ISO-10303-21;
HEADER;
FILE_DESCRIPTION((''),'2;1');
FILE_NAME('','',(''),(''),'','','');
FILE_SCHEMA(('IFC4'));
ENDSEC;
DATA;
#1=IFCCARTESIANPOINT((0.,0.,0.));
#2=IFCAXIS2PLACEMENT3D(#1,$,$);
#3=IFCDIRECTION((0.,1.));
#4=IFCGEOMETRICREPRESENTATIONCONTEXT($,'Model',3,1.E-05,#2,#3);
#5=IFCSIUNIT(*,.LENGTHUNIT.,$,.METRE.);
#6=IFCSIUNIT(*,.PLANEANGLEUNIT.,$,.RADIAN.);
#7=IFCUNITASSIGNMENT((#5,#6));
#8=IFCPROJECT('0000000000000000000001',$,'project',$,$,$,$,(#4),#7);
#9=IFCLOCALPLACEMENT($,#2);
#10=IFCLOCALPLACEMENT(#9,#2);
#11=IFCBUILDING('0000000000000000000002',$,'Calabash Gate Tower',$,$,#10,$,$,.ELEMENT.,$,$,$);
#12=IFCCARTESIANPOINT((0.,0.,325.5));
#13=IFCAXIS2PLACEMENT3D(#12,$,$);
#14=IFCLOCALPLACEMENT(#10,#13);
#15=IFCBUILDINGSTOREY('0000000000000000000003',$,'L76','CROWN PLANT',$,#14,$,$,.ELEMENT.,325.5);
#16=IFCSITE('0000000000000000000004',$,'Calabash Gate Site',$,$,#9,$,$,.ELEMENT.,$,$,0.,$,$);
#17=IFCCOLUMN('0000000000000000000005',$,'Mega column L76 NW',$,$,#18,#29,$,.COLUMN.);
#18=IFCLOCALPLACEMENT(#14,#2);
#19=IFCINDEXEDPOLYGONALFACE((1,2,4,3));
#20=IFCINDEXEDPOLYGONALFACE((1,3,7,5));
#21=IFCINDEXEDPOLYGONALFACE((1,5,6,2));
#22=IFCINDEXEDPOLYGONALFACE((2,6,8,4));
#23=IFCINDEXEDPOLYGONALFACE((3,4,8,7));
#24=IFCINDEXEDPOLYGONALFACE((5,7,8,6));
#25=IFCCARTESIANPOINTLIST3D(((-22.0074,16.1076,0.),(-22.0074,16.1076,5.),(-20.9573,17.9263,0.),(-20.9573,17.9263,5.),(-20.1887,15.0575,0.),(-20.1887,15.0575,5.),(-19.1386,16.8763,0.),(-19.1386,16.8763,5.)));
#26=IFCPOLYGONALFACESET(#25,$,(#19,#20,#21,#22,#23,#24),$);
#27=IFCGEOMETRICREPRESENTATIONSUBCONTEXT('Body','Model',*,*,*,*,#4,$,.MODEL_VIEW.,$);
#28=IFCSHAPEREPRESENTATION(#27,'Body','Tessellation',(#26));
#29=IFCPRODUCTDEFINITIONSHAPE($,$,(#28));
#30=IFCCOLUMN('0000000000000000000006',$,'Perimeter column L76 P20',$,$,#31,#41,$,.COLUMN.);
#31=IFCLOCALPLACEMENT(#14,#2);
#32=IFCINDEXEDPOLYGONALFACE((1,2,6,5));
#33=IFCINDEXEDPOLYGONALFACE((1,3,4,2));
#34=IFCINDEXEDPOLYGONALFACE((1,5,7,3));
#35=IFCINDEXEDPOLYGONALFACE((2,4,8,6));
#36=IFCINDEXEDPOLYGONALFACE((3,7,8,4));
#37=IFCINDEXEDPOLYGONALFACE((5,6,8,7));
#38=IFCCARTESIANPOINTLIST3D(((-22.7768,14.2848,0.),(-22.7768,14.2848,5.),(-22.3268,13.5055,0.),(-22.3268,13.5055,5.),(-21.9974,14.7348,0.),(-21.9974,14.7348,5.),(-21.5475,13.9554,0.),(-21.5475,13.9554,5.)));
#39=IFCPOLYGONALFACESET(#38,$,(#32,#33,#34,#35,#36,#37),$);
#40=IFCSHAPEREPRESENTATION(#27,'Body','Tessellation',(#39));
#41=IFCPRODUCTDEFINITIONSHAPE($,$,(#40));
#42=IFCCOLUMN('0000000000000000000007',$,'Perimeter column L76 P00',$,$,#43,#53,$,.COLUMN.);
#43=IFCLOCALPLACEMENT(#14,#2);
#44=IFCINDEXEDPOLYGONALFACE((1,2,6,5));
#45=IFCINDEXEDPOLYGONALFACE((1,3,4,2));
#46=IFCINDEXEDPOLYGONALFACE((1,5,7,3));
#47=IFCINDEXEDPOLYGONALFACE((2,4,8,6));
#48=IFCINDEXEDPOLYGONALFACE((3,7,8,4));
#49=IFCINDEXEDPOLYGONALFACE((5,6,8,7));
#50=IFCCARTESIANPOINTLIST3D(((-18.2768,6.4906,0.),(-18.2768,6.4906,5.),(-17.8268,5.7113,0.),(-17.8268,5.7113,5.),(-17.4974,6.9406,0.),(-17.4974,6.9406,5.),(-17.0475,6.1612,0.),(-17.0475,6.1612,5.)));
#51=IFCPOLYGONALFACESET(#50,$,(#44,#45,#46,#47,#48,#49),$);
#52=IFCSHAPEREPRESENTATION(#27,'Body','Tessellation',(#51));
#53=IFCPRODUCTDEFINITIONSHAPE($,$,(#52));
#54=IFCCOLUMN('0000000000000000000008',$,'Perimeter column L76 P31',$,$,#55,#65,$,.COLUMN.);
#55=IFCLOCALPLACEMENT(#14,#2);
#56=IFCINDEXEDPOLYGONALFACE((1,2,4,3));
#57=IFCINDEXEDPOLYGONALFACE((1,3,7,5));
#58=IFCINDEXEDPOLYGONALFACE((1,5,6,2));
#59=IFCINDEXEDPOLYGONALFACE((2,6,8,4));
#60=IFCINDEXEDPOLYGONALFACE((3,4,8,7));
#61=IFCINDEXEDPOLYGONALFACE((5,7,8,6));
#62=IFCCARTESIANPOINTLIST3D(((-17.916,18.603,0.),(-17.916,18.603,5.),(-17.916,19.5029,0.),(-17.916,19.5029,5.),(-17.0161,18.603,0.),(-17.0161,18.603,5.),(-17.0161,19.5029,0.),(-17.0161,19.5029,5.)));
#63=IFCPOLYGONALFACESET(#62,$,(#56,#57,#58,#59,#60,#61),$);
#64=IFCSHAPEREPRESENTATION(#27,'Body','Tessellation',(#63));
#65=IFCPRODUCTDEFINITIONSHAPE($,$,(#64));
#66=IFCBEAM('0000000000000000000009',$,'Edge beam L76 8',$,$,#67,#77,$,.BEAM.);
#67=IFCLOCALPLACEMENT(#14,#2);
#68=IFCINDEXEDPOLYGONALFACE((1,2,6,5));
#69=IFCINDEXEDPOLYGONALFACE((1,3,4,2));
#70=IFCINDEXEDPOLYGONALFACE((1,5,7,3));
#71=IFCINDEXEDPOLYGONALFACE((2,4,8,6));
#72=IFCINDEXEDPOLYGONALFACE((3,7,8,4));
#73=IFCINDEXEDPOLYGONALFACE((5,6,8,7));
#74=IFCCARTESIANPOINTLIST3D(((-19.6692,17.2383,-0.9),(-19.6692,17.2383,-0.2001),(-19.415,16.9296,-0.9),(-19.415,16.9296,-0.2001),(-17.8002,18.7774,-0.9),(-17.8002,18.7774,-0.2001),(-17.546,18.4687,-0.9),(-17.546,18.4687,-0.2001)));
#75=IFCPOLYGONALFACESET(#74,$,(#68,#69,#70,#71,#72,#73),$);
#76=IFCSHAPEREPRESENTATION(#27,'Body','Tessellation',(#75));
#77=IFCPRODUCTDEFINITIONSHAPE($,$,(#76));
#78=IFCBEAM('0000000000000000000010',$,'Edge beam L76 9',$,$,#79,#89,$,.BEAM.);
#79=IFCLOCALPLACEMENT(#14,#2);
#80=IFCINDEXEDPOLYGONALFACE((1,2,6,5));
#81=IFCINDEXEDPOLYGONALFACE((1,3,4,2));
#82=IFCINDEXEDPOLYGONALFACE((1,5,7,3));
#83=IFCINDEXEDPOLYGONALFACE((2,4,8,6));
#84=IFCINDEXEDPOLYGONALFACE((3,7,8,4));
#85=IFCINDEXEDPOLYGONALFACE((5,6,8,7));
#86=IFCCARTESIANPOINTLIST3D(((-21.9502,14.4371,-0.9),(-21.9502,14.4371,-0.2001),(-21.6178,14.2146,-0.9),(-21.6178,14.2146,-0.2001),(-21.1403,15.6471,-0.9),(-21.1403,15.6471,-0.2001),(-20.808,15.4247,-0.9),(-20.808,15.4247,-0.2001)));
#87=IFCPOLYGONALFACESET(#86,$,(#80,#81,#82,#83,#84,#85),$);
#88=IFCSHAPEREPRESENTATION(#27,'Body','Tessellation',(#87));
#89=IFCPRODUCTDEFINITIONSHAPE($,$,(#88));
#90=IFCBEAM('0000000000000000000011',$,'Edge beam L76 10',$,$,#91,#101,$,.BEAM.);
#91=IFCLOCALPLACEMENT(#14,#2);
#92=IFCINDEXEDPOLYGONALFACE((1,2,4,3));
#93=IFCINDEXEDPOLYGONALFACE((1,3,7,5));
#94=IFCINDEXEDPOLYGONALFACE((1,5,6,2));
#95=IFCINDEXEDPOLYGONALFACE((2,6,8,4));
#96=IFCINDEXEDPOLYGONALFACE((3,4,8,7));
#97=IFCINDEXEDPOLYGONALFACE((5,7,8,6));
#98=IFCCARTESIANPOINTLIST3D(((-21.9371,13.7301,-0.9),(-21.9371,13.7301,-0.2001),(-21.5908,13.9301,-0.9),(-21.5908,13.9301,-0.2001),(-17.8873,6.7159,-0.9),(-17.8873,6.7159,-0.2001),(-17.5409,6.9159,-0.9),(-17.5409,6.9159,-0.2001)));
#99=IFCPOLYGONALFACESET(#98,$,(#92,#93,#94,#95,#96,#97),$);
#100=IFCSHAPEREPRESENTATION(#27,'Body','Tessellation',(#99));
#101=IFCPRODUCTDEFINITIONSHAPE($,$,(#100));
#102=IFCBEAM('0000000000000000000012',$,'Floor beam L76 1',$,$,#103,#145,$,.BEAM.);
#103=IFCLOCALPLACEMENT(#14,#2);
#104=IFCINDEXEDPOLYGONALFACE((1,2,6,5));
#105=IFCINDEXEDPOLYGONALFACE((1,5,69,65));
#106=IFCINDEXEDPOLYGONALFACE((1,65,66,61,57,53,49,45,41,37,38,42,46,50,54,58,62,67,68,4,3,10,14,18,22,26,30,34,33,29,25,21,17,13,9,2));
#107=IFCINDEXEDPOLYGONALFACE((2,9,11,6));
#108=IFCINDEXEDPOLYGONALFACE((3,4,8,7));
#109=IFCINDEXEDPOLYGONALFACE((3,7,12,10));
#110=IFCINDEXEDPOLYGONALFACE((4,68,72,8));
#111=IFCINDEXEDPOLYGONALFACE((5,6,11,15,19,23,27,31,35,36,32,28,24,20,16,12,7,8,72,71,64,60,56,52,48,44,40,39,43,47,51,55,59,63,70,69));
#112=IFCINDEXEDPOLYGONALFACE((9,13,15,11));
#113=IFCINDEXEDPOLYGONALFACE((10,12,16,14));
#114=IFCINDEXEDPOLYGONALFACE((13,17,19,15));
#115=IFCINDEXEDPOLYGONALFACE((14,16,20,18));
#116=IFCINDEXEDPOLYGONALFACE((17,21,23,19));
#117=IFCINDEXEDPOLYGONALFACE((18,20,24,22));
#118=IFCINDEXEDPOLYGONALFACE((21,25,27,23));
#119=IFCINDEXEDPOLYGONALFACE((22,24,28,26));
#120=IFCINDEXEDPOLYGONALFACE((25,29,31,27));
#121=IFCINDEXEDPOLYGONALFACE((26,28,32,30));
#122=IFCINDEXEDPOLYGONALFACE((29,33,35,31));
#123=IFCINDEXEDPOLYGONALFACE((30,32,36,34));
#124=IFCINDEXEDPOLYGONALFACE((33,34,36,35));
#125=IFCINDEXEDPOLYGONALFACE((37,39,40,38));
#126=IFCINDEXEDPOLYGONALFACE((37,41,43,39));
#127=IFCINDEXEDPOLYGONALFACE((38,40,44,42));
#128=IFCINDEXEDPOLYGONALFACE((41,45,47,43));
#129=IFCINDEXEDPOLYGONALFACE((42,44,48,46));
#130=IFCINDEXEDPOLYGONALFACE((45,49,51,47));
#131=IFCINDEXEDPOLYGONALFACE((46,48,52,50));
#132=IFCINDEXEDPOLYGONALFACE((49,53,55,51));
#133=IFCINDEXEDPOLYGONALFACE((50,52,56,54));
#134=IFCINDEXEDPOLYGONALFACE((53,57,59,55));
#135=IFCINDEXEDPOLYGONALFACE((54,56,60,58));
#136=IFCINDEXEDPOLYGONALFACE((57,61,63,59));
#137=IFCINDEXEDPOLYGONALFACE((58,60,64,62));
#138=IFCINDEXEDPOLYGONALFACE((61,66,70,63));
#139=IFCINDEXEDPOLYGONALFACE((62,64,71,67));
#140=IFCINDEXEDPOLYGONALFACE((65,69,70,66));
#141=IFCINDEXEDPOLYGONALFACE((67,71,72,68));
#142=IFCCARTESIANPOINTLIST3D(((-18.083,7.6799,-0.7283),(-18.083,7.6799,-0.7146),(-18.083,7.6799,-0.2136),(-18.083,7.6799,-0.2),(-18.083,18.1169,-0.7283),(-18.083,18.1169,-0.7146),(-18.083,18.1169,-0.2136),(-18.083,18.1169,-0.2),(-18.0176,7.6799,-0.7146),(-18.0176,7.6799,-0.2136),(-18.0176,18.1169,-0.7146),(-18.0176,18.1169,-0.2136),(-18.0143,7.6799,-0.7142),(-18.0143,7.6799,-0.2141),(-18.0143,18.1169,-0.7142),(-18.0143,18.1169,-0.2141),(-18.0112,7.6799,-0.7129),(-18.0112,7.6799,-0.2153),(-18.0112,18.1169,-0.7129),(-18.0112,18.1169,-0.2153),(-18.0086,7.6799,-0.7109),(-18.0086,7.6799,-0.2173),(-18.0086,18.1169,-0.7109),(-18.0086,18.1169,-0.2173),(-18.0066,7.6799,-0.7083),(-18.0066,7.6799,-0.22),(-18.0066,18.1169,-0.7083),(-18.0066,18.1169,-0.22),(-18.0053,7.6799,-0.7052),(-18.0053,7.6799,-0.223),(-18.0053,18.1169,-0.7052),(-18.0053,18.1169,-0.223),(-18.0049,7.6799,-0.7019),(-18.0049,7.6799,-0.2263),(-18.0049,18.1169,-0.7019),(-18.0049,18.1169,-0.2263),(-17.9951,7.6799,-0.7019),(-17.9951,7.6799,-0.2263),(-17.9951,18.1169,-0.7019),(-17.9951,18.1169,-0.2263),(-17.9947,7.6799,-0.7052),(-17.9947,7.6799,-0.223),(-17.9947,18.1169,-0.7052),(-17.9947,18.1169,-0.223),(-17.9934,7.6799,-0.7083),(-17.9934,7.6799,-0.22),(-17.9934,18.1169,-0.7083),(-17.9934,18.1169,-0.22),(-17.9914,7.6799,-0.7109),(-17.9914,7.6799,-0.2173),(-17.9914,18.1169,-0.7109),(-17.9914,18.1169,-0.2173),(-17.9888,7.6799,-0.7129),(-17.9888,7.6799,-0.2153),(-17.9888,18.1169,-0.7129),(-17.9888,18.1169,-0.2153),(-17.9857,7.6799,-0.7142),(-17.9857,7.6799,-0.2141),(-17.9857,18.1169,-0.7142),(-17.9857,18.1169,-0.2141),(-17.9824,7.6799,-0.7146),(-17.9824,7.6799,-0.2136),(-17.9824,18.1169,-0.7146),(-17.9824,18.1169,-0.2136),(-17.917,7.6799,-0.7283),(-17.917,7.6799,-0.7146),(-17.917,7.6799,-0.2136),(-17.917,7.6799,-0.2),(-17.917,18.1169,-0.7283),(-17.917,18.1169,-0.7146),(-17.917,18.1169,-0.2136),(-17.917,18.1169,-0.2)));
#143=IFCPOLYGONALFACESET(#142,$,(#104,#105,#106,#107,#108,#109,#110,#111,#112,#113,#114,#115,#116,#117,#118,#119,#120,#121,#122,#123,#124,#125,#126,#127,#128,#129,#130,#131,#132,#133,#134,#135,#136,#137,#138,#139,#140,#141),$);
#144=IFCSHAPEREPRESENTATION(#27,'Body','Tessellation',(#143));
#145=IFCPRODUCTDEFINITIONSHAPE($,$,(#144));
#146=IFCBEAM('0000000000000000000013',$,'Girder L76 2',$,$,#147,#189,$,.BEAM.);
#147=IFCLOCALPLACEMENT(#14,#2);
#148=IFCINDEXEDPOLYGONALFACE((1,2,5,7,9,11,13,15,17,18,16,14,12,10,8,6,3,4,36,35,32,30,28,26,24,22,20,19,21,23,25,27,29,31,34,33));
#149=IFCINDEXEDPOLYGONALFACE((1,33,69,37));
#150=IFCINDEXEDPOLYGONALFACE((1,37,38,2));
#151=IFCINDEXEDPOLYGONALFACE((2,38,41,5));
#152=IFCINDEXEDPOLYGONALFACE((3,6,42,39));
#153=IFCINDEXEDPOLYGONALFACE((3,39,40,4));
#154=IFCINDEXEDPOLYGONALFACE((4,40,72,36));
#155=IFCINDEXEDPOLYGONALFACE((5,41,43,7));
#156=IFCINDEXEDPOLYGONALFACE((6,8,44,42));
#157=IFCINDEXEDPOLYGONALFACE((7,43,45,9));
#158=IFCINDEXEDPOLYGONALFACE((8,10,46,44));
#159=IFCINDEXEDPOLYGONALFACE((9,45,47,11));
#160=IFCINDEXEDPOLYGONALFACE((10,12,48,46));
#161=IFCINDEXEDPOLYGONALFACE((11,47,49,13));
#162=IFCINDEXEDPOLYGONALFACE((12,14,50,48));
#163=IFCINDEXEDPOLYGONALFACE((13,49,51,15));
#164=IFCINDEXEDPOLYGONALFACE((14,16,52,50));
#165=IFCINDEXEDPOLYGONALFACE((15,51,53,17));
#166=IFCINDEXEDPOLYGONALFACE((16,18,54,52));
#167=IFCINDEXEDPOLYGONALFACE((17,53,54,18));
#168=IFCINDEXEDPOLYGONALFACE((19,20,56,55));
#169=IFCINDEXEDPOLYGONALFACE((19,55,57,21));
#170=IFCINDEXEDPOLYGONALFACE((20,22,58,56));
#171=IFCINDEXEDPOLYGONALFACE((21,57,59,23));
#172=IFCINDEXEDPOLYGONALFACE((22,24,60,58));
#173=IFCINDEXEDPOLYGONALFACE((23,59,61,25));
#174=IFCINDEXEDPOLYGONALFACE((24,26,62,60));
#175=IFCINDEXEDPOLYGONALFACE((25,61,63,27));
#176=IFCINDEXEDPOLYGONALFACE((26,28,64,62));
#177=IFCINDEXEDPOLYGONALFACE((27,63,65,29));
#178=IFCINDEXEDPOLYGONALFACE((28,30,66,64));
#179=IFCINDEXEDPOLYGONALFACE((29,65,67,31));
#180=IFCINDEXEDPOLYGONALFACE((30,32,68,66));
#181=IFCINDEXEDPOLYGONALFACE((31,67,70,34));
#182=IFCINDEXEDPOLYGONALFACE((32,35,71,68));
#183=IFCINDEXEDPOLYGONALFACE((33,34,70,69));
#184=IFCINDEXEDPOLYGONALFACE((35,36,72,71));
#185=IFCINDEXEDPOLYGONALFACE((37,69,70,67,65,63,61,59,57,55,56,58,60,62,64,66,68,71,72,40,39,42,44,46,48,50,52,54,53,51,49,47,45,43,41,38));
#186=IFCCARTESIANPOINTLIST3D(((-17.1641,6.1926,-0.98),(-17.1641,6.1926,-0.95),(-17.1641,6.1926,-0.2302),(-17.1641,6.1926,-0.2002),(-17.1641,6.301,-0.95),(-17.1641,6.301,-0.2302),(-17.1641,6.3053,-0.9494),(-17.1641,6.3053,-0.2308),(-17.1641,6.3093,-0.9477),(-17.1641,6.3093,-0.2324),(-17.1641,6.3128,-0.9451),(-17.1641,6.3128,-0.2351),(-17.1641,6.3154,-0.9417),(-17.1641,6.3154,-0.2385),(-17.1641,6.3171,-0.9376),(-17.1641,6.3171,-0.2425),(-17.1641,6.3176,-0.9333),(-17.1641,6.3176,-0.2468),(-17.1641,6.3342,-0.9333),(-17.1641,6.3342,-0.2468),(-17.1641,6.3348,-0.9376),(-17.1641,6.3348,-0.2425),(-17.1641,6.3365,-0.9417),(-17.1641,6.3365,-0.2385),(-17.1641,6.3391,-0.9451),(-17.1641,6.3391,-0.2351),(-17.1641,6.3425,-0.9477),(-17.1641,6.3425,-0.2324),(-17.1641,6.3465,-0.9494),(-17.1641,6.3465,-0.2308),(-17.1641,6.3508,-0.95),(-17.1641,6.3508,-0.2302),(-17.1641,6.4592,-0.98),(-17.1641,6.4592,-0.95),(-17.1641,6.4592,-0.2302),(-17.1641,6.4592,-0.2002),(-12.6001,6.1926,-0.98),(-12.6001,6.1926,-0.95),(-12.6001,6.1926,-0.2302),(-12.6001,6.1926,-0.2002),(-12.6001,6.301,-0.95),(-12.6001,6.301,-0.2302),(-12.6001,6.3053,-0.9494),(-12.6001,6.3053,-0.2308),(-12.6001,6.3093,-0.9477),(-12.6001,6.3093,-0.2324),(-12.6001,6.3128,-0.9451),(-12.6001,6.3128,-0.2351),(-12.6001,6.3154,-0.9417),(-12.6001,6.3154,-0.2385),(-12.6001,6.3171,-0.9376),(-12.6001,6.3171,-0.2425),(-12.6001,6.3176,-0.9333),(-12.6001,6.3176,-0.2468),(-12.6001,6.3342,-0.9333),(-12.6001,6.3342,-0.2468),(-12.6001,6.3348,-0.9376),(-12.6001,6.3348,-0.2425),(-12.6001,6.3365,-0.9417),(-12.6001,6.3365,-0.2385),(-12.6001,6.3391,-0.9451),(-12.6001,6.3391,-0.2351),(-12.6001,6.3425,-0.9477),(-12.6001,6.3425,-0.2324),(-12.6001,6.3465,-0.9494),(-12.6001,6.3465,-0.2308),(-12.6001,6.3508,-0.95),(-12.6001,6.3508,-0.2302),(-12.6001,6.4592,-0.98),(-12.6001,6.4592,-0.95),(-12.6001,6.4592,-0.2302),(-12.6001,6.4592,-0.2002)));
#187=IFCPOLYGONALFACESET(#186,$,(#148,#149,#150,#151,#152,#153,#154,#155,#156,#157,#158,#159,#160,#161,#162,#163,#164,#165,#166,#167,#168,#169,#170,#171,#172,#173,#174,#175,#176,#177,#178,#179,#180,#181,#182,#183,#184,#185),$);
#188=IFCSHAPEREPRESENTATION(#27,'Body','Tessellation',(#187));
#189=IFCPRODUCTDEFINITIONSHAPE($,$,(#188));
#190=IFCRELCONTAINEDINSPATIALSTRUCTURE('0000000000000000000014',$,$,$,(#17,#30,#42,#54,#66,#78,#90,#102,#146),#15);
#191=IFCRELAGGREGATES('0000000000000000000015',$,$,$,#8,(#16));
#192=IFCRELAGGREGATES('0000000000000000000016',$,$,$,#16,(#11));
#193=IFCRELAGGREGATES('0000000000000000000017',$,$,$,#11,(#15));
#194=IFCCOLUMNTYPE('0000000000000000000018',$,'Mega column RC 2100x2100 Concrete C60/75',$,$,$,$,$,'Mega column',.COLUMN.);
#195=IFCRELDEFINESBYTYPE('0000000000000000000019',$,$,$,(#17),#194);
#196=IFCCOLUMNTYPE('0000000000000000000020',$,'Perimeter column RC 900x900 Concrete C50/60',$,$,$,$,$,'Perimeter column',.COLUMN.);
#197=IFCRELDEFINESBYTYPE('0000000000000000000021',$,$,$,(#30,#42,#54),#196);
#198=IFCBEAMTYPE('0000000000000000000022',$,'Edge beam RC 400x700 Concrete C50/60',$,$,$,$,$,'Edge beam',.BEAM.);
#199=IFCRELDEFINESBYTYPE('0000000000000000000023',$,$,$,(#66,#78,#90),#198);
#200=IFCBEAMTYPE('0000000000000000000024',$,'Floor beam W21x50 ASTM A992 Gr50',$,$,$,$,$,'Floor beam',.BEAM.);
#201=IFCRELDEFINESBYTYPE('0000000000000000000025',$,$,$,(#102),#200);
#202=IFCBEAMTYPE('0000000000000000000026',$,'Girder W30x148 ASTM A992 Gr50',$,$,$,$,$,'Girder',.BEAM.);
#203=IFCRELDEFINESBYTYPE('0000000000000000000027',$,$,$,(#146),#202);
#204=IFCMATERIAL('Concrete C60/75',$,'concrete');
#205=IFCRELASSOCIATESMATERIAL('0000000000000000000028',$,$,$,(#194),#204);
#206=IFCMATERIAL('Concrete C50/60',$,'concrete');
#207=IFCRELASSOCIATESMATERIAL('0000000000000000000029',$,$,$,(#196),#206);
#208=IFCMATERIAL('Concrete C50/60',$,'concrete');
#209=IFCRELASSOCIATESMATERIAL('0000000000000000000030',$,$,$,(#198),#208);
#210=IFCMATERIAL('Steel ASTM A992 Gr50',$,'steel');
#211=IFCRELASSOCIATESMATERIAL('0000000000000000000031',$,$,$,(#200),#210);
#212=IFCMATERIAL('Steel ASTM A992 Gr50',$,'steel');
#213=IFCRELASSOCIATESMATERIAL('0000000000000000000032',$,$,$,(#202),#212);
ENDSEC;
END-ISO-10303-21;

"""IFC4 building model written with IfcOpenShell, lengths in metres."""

from ifc_helpers import new_model, si_unit, direction, frame, origin, origin_2d, place, context, subcontext, project, spatial, rectangle, i_section, extrude, material, material_profile, profile_set, type_object, element, save


model = new_model("IFC4")

# Units and contexts
model_context = context("Model", 3, precision=1e-05, world=origin(), true_north=direction((0.0, 1.0)))
body_context = subcontext(model_context, "Body", "Model", "MODEL_VIEW")
ifc_project = project(units=[si_unit("LENGTHUNIT", "METRE"), si_unit("PLANEANGLEUNIT", "RADIAN")], contexts=[model_context])

# Site, building, storey
site_placement = place(None, origin())
site = spatial("IfcSite", under=ifc_project, at=site_placement, Name="Calabash Gate Site", CompositionType="ELEMENT", RefElevation=0.0)
building_placement = place(site_placement, origin())
building = spatial("IfcBuilding", under=site, at=building_placement, Name="Calabash Gate Tower", CompositionType="ELEMENT")
storey_placement = place(building_placement, frame((0.0, 0.0, 325.5)))
storey = spatial("IfcBuildingStorey", under=building, at=storey_placement, Name="L76", Description="CROWN PLANT", CompositionType="ELEMENT", Elevation=325.5)

# Columns
ifc_material_1 = material(Name="Concrete C60/75", Category="concrete")
ifc_material_profile_1 = material_profile(ifc_material_1, rectangle(XDim=2.1001, YDim=2.1001, at=origin_2d()))
ifc_profile_set_1 = profile_set([ifc_material_profile_1], Name="Concrete C60/75")
column_type_1 = type_object("IfcColumnType", Name="Mega column RC 2100x2100 Concrete C60/75", ElementType="Mega column", PredefinedType="COLUMN", material=ifc_profile_set_1)
column_placement = place(storey_placement, frame((-20.573, 16.4919, 0.0), z_axis=(0.0, 0.0, 1.0), x_axis=(0.866025, -0.5, 0.0)))
element("IfcColumn", 1, at=column_placement, inside=storey, type_object=column_type_1, Name="Mega column L76 NW", PredefinedType="COLUMN", context=body_context, shape_type="SweptSolid", body=[
    extrude(rectangle(XDim=2.1001, YDim=2.1001, at=origin_2d()), origin(), (0.0, 0.0, 1.0), 5.0),
])
ifc_material_2 = material(Name="Concrete C50/60", Category="concrete")
ifc_material_profile_2 = material_profile(ifc_material_2, rectangle(XDim=0.8999, YDim=0.8999, at=origin_2d()))
ifc_profile_set_2 = profile_set([ifc_material_profile_2], Name="Concrete C50/60")
column_type_2 = type_object("IfcColumnType", Name="Perimeter column RC 900x900 Concrete C50/60", ElementType="Perimeter column", PredefinedType="COLUMN", material=ifc_profile_set_2)
for number, where, z_axis, x_axis, name in (
    (2, (-22.1621, 14.1201, 0.0), (0.0, 0.0, 1.0), (0.5, -0.866025, 0.0), "Perimeter column L76 P20"),
    (3, (-17.6621, 6.3259, 0.0), (0.0, 0.0, 1.0), (0.5, -0.866025, 0.0), "Perimeter column L76 P00"),
    (4, (-17.4661, 19.053, 0.0), (0.0, 0.0, 1.0), (-1.0, 0.0, 0.0), "Perimeter column L76 P31"),
):
    element("IfcColumn", number, at=place(storey_placement, frame(where, z_axis=z_axis, x_axis=x_axis)), inside=storey, type_object=column_type_2, Name=name, PredefinedType="COLUMN", context=body_context, shape_type="SweptSolid", body=[
        extrude(rectangle(XDim=0.8999, YDim=0.8999, at=origin_2d()), origin(), (0.0, 0.0, 1.0), 5.0),
    ])

# Beams
ifc_material_3 = material(Name="Concrete C50/60", Category="concrete")
ifc_material_profile_3 = material_profile(ifc_material_3, rectangle(XDim=0.3999, YDim=0.7, at=origin_2d()))
ifc_profile_set_3 = profile_set([ifc_material_profile_3], Name="Concrete C50/60")
beam_type_1 = type_object("IfcBeamType", Name="Edge beam RC 400x700 Concrete C50/60", ElementType="Edge beam", PredefinedType="BEAM", material=ifc_profile_set_3)
beam_1_placement = place(storey_placement, frame((-17.6731, 18.623, -0.55), z_axis=(-0.771936, -0.6357, 0.0), x_axis=(0.6357, -0.771936, 0.0)))
element("IfcBeam", 5, at=beam_1_placement, inside=storey, type_object=beam_type_1, Name="Edge beam L76 8", PredefinedType="BEAM", context=body_context, shape_type="SweptSolid", body=[
    extrude(rectangle(XDim=0.3999, YDim=0.7, at=origin_2d()), origin(), (0.0, 0.0, 1.0), 2.4211),
])
beam_2_placement = place(storey_placement, frame((-20.9741, 15.5359, -0.55), z_axis=(-0.556208, -0.831043, 0.0), x_axis=(0.831043, -0.556208, 0.0)))
element("IfcBeam", 6, at=beam_2_placement, inside=storey, type_object=beam_type_1, Name="Edge beam L76 9", PredefinedType="BEAM", context=body_context, shape_type="SweptSolid", body=[
    extrude(rectangle(XDim=0.3999, YDim=0.7, at=origin_2d()), origin(), (0.0, 0.0, 1.0), 1.4561),
])
beam_3_placement = place(storey_placement, frame((-21.7639, 13.8301, -0.55), z_axis=(0.500016, -0.866016, 0.0), x_axis=(0.866016, 0.500016, 0.0)))
element("IfcBeam", 7, at=beam_3_placement, inside=storey, type_object=beam_type_1, Name="Edge beam L76 10", PredefinedType="BEAM", context=body_context, shape_type="SweptSolid", body=[
    extrude(rectangle(XDim=0.3999, YDim=0.7, at=origin_2d()), origin(), (0.0, 0.0, 1.0), 8.0994),
])
ifc_material_4 = material(Name="Steel ASTM A992 Gr50", Category="steel")
ifc_material_profile_4 = material_profile(ifc_material_4, i_section(OverallWidth=0.166, OverallDepth=0.5283, WebThickness=0.0098, FlangeThickness=0.0137, FilletRadius=0.0127, at=origin_2d()))
ifc_profile_set_4 = profile_set([ifc_material_profile_4], Name="Steel ASTM A992 Gr50")
beam_type_2 = type_object("IfcBeamType", Name="Floor beam W21x50 ASTM A992 Gr50", ElementType="Floor beam", PredefinedType="BEAM", material=ifc_profile_set_4)
beam_4_placement = place(storey_placement, frame((-18.0, 7.6799, -0.4641), z_axis=(0.0, 1.0, 0.0), x_axis=(-1.0, 0.0, 0.0)))
element("IfcBeam", 8, at=beam_4_placement, inside=storey, type_object=beam_type_2, Name="Floor beam L76 1", PredefinedType="BEAM", context=body_context, shape_type="SweptSolid", body=[
    extrude(i_section(OverallWidth=0.166, OverallDepth=0.5283, WebThickness=0.0098, FlangeThickness=0.0137, FilletRadius=0.0127, at=origin_2d()), origin(), (0.0, 0.0, 1.0), 10.437),
])
ifc_material_5 = material(Name="Steel ASTM A992 Gr50", Category="steel")
ifc_material_profile_5 = material_profile(ifc_material_5, i_section(OverallWidth=0.2666, OverallDepth=0.7798, WebThickness=0.0166, FlangeThickness=0.03, FilletRadius=0.0166, at=origin_2d()))
ifc_profile_set_5 = profile_set([ifc_material_profile_5], Name="Steel ASTM A992 Gr50")
beam_type_3 = type_object("IfcBeamType", Name="Girder W30x148 ASTM A992 Gr50", ElementType="Girder", PredefinedType="BEAM", material=ifc_profile_set_5)
beam_5_placement = place(storey_placement, frame((-17.1641, 6.3259, -0.5901), z_axis=(1.0, 0.0, 0.0), x_axis=(0.0, 1.0, 0.0)))
element("IfcBeam", 9, at=beam_5_placement, inside=storey, type_object=beam_type_3, Name="Girder L76 2", PredefinedType="BEAM", context=body_context, shape_type="SweptSolid", body=[
    extrude(i_section(OverallWidth=0.2666, OverallDepth=0.7798, WebThickness=0.0166, FlangeThickness=0.03, FilletRadius=0.0166, at=origin_2d()), origin(), (0.0, 0.0, 1.0), 4.564),
])

save(model, "model.ifc")
